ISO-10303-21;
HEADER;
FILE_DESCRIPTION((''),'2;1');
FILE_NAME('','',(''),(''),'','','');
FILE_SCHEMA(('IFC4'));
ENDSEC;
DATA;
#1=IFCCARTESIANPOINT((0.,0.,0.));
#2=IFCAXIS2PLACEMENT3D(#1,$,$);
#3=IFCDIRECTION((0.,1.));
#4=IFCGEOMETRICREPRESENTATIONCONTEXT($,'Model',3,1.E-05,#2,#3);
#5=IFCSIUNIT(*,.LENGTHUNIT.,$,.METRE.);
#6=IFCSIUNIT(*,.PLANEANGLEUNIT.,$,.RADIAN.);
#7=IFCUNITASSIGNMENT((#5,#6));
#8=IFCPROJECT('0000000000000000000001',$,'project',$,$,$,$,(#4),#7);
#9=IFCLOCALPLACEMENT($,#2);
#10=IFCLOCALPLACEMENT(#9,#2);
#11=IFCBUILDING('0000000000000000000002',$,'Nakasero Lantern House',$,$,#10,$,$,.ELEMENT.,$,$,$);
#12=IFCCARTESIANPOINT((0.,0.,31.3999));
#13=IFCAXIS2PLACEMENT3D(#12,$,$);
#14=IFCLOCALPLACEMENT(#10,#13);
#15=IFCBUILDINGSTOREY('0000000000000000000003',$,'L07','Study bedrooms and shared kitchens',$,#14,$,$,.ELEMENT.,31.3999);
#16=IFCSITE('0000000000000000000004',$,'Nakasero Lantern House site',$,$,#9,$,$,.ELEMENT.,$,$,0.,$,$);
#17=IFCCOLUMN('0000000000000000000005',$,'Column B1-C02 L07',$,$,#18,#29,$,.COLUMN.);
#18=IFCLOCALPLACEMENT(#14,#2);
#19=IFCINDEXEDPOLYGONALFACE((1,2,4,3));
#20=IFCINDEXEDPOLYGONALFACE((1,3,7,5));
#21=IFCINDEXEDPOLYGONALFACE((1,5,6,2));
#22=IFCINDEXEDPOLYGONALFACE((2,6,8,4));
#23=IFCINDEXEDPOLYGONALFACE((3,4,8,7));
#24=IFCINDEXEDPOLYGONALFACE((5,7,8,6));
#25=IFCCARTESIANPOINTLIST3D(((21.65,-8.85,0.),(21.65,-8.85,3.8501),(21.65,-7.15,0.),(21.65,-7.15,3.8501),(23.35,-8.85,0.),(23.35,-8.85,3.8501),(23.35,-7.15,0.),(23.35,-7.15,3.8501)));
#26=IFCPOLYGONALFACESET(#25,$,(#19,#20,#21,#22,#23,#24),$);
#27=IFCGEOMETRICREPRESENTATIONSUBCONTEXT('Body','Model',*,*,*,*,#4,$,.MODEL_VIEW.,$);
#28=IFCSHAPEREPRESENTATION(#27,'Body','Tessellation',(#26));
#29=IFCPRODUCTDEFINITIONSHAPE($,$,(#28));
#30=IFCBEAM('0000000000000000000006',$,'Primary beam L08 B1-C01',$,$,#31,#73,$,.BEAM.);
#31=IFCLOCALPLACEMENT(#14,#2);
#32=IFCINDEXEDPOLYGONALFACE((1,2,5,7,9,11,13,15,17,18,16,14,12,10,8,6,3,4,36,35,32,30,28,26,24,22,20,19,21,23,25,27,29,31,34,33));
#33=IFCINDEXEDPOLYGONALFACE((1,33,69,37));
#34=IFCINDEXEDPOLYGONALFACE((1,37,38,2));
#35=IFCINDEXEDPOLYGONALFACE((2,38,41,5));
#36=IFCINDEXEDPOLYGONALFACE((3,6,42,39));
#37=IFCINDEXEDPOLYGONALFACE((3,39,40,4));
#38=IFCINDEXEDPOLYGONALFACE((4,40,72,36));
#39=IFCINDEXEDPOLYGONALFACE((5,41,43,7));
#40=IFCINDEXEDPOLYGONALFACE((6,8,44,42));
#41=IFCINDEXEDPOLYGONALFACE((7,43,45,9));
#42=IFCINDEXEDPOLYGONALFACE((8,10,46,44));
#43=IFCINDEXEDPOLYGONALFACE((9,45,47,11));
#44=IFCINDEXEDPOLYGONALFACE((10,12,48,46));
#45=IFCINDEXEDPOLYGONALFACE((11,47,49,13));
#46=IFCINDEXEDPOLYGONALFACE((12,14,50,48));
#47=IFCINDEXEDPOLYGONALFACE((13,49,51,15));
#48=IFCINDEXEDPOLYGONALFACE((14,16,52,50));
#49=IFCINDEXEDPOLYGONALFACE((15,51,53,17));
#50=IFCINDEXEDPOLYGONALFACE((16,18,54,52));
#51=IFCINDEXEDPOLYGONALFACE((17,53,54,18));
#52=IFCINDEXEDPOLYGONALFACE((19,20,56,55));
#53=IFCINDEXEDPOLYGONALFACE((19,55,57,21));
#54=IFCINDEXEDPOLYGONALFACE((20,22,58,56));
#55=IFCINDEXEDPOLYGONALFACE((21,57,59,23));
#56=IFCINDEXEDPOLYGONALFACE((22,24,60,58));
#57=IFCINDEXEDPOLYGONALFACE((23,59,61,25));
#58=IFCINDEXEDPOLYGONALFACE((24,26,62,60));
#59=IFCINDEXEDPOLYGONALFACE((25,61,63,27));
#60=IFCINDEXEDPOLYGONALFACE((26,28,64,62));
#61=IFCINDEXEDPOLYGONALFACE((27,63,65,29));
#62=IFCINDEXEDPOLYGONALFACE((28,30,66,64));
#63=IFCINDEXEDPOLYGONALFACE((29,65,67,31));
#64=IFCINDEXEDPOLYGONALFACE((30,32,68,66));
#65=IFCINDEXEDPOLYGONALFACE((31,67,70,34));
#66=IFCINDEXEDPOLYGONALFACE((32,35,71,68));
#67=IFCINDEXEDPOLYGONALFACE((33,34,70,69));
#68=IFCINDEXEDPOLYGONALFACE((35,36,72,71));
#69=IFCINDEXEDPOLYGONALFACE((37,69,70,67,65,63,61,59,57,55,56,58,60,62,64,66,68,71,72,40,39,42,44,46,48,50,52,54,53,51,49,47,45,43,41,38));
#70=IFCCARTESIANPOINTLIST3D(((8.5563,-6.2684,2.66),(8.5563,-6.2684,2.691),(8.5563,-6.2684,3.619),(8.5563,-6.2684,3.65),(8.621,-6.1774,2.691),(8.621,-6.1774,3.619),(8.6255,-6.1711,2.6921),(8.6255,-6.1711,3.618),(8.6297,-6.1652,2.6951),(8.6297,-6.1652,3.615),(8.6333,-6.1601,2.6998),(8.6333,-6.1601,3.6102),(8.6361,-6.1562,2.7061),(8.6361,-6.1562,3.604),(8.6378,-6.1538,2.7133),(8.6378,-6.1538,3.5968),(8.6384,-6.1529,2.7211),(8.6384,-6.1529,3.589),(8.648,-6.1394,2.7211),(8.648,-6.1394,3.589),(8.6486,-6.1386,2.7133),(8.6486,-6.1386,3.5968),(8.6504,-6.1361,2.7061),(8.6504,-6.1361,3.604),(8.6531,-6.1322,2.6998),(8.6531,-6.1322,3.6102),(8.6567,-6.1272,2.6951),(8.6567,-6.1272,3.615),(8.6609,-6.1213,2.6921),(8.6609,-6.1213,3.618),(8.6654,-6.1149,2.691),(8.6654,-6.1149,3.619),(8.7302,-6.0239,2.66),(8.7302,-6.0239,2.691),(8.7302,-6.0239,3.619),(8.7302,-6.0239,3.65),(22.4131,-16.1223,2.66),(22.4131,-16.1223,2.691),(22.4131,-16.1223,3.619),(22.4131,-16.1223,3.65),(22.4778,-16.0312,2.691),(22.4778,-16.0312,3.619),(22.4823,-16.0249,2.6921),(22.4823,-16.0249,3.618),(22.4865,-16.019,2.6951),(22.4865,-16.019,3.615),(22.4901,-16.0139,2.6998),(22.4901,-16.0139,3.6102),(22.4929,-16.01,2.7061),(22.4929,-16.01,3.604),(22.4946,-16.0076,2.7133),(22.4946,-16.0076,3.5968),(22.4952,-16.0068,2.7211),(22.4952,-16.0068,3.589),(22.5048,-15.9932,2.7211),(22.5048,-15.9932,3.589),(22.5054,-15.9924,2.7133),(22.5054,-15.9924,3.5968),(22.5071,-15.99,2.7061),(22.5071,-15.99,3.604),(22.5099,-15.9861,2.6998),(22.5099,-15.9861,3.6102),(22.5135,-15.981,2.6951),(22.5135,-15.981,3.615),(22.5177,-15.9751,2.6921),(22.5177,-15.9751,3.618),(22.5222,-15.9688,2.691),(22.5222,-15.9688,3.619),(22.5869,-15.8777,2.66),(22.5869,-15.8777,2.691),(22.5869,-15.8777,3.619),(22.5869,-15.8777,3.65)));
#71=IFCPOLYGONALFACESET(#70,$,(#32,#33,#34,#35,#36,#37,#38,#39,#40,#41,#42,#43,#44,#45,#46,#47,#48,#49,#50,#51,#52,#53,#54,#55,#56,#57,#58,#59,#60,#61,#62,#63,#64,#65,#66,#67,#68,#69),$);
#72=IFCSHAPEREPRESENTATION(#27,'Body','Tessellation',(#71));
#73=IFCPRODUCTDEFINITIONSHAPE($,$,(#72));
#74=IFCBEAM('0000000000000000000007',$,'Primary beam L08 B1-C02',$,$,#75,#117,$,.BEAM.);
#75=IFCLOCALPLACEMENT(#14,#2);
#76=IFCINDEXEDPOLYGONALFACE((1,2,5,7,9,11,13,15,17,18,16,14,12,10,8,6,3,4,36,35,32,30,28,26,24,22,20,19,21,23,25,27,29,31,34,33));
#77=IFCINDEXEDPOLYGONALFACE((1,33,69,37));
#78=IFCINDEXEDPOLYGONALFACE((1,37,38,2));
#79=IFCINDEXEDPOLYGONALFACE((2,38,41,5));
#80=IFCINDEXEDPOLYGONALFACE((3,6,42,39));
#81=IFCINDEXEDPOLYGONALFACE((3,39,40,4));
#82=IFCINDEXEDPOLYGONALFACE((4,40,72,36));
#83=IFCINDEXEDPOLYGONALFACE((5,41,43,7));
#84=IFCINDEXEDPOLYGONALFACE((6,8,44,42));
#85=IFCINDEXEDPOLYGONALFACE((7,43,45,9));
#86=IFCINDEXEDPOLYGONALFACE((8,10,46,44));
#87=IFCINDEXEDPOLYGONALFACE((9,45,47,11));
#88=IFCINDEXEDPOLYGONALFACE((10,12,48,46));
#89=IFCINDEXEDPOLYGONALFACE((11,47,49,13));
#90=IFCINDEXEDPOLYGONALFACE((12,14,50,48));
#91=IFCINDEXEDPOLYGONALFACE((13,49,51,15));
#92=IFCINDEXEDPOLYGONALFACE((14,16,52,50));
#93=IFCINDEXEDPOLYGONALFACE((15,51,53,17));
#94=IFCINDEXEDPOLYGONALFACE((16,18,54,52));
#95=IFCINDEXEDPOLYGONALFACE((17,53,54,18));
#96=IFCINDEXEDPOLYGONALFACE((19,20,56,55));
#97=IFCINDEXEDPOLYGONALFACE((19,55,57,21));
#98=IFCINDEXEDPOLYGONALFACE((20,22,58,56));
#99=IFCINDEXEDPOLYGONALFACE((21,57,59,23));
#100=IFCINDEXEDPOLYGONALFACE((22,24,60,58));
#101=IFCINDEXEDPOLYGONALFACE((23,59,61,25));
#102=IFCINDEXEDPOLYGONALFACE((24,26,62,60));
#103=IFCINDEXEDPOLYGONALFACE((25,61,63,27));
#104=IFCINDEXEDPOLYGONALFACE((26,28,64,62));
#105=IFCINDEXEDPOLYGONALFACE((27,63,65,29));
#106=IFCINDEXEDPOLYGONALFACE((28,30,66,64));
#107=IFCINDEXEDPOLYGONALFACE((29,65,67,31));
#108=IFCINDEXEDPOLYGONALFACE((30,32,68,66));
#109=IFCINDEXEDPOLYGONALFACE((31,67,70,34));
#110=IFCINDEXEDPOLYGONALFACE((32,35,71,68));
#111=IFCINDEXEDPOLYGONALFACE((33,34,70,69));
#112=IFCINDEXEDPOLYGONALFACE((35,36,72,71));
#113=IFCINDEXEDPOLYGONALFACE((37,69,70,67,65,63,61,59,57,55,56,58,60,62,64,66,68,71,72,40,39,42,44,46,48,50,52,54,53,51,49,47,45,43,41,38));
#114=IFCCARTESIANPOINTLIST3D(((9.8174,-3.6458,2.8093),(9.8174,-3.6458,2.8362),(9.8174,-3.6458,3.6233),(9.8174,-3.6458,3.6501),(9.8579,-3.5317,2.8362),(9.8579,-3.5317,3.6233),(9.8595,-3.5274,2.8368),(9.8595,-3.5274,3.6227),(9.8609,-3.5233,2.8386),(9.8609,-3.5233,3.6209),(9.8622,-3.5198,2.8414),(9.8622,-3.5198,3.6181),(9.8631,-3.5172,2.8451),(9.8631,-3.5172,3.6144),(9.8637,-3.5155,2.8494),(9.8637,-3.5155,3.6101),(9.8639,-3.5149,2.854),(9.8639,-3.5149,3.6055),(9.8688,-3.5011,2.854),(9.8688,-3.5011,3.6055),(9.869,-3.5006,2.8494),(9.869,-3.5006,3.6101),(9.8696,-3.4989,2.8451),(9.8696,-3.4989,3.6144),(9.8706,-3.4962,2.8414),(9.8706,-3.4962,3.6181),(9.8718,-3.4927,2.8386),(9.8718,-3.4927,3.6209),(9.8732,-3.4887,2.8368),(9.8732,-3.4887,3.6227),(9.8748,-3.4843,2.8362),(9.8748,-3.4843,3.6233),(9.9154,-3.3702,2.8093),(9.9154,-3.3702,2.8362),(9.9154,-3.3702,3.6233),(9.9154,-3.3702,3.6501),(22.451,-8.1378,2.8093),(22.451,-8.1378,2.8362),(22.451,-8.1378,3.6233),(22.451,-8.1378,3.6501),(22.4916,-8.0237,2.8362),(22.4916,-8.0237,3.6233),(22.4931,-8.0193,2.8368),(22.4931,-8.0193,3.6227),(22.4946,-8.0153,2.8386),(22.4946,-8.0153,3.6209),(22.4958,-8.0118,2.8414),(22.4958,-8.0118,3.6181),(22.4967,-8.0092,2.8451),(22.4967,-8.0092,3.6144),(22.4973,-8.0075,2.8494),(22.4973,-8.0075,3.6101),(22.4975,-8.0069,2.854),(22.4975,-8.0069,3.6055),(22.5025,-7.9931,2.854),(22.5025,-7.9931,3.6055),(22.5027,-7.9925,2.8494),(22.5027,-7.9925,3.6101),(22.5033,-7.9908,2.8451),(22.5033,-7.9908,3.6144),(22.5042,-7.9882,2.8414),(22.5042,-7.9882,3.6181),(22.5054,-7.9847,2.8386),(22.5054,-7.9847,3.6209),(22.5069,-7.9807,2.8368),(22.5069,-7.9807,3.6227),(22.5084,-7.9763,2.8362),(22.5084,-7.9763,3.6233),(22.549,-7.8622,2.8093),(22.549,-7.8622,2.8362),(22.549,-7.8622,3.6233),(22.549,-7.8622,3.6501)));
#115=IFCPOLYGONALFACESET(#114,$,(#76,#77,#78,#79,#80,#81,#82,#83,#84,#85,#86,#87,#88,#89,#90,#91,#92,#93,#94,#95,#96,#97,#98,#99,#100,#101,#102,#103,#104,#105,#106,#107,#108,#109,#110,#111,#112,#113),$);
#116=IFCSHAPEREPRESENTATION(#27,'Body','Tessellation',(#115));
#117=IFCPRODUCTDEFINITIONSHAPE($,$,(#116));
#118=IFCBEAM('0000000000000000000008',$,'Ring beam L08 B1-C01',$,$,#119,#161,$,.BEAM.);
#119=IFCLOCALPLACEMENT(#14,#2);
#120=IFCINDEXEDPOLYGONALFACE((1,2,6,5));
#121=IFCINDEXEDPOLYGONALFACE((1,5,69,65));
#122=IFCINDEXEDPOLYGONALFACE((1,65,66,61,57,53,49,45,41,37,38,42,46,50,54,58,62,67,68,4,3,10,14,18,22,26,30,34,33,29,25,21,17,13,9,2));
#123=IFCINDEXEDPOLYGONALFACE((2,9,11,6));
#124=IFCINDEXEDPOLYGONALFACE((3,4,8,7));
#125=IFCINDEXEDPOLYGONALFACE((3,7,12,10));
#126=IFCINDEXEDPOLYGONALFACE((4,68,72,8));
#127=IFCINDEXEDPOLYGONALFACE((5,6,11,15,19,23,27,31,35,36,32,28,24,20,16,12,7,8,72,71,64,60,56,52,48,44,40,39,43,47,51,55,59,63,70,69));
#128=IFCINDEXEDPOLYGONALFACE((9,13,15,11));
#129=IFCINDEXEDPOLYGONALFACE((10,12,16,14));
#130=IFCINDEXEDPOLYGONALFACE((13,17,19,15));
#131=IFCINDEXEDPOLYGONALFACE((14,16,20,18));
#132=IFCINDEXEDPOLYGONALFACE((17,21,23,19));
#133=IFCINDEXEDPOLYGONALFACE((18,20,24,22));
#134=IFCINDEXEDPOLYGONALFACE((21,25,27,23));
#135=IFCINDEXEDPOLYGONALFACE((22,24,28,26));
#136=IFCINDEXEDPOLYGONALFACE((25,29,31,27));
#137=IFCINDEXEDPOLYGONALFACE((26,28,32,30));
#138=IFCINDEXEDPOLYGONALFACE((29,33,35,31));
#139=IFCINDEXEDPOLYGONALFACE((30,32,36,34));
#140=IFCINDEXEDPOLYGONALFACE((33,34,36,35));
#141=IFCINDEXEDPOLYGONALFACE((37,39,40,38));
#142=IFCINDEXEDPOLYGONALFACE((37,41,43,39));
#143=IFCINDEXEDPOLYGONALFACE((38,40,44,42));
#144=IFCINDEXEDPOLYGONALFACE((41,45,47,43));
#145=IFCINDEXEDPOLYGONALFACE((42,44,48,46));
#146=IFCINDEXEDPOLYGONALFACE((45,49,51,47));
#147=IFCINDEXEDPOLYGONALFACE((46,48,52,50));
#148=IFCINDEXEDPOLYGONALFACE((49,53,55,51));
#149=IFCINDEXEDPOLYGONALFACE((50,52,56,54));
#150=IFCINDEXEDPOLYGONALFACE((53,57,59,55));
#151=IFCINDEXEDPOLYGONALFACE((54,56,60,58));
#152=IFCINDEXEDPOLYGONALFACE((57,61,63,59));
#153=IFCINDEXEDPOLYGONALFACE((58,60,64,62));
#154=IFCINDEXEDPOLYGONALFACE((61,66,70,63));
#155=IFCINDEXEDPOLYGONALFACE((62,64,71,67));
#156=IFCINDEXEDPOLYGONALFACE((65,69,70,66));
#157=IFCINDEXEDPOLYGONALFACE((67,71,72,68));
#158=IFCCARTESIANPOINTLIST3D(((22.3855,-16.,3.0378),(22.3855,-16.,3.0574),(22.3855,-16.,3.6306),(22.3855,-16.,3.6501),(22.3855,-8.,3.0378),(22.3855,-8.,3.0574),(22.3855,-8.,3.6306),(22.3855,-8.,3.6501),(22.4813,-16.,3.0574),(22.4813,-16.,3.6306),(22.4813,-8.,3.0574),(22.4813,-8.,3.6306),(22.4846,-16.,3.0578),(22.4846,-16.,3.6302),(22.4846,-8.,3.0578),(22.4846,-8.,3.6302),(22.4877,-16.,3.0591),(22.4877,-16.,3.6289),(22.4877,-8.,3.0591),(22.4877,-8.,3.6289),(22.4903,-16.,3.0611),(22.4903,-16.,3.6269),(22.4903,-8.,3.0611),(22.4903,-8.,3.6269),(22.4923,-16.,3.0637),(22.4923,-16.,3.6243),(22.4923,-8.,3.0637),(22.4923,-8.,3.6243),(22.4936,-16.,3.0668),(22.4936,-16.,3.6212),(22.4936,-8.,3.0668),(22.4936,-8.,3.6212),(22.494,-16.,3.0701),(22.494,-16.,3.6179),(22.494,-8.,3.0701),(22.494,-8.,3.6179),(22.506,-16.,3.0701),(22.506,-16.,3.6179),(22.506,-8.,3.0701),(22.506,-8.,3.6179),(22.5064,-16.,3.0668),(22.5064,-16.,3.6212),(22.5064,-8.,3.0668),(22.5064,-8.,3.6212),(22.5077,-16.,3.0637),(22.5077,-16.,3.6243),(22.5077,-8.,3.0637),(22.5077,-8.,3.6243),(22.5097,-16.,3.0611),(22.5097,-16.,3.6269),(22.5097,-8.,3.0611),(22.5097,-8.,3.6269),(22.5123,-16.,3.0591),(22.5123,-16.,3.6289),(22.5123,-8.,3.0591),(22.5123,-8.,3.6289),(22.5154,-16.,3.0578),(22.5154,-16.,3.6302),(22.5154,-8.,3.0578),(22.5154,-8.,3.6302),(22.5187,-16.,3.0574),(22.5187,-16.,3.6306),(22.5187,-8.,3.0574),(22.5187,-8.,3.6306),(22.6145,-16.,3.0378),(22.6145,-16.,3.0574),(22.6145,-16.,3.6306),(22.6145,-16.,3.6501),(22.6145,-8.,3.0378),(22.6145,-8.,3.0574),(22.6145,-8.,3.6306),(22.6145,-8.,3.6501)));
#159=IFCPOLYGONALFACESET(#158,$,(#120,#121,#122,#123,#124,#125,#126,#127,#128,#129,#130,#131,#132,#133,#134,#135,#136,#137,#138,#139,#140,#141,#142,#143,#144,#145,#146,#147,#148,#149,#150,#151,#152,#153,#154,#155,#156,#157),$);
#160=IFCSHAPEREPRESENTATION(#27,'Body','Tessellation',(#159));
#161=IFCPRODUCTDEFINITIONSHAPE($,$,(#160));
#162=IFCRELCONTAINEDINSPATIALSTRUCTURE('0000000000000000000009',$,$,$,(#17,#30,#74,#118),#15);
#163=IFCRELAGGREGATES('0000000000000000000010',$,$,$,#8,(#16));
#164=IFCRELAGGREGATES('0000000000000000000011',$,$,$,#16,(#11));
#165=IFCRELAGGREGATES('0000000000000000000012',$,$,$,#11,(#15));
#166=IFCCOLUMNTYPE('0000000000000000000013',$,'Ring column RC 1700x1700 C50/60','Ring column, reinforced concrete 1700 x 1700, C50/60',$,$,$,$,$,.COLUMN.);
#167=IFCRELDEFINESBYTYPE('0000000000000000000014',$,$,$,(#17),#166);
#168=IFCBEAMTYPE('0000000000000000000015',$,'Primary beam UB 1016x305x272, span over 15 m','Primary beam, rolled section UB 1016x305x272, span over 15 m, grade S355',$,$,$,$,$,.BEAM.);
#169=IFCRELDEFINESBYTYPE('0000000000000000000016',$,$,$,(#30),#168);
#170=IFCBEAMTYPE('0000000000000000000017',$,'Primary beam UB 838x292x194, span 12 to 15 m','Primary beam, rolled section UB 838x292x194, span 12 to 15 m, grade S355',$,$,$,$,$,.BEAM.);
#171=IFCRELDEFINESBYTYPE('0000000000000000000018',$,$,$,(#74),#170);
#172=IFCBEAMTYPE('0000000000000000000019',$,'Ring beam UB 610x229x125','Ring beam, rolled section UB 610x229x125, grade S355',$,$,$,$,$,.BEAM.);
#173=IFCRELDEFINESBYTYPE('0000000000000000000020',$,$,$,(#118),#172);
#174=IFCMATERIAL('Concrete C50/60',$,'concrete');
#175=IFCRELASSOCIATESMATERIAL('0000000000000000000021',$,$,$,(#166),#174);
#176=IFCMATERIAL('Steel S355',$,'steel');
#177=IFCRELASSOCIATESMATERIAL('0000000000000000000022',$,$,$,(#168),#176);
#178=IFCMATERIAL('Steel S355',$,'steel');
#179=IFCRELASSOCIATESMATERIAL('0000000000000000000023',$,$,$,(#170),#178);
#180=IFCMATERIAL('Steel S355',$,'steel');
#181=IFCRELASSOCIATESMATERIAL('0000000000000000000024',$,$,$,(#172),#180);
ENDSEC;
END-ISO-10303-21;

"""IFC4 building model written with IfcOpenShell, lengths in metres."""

from ifc_helpers import new_model, si_unit, direction, frame, origin, origin_2d, place, context, subcontext, project, spatial, rectangle, i_section, extrude, material, material_profile, profile_set, type_object, element, save


model = new_model("IFC4")

# Units and contexts
model_context = context("Model", 3, precision=1e-05, world=origin(), true_north=direction((0.0, 1.0)))
body_context = subcontext(model_context, "Body", "Model", "MODEL_VIEW")
ifc_project = project(units=[si_unit("LENGTHUNIT", "METRE"), si_unit("PLANEANGLEUNIT", "RADIAN")], contexts=[model_context])

# Site, building, storey
site_placement = place(None, origin())
site = spatial("IfcSite", under=ifc_project, at=site_placement, Name="Nakasero Lantern House site", CompositionType="ELEMENT", RefElevation=0.0)
building_placement = place(site_placement, origin())
building = spatial("IfcBuilding", under=site, at=building_placement, Name="Nakasero Lantern House", CompositionType="ELEMENT")
storey_placement = place(building_placement, frame((0.0, 0.0, 31.3999)))
storey = spatial("IfcBuildingStorey", under=building, at=storey_placement, Name="L07", Description="Study bedrooms and shared kitchens", CompositionType="ELEMENT", Elevation=31.3999)

# Column
ifc_material_1 = material(Name="Concrete C50/60", Category="concrete")
ifc_material_profile_1 = material_profile(ifc_material_1, rectangle(XDim=1.7, YDim=1.7, at=origin_2d()), Name="RC 1700x1700")
ifc_profile_set_1 = profile_set([ifc_material_profile_1], Name="Concrete C50/60")
column_type = type_object("IfcColumnType", Name="Ring column RC 1700x1700 C50/60", Description="Ring column, reinforced concrete 1700 x 1700, C50/60", PredefinedType="COLUMN", material=ifc_profile_set_1)
column_placement = place(storey_placement, frame((22.5, -8.0, 0.0), z_axis=(0.0, 0.0, 1.0), x_axis=(1.0, 0.0, 0.0)))
element("IfcColumn", 1, at=column_placement, inside=storey, type_object=column_type, Name="Column B1-C02 L07", PredefinedType="COLUMN", context=body_context, shape_type="SweptSolid", body=[
    extrude(rectangle(XDim=1.7, YDim=1.7, at=origin_2d()), origin(), (0.0, 0.0, 1.0), 3.8501),
])

# Beams
ifc_material_2 = material(Name="Steel S355", Category="steel")
ifc_material_profile_2 = material_profile(ifc_material_2, i_section(OverallWidth=0.3, OverallDepth=0.99, WebThickness=0.0166, FlangeThickness=0.031, FilletRadius=0.03, at=origin_2d()), Name="UB 1016x305x272")
ifc_profile_set_2 = profile_set([ifc_material_profile_2], Name="Steel S355")
beam_type_1 = type_object("IfcBeamType", Name="Primary beam UB 1016x305x272, span over 15 m", Description="Primary beam, rolled section UB 1016x305x272, span over 15 m, grade S355", PredefinedType="BEAM", material=ifc_profile_set_2)
beam_1_placement = place(storey_placement, frame((22.5, -16.0, 3.155), z_axis=(-0.814952, 0.579528, 0.0), x_axis=(-0.579528, -0.814952, 0.0)))
element("IfcBeam", 2, at=beam_1_placement, inside=storey, type_object=beam_type_1, Name="Primary beam L08 B1-C01", PredefinedType="BEAM", context=body_context, shape_type="SweptSolid", body=[
    extrude(i_section(OverallWidth=0.3, OverallDepth=0.99, WebThickness=0.0166, FlangeThickness=0.031, FilletRadius=0.03, at=origin_2d()), origin(), (0.0, 0.0, 1.0), 17.0032),
])
ifc_material_3 = material(Name="Steel S355", Category="steel")
ifc_material_profile_3 = material_profile(ifc_material_3, i_section(OverallWidth=0.2925, OverallDepth=0.8408, WebThickness=0.0146, FlangeThickness=0.0269, FilletRadius=0.0178, at=origin_2d()), Name="UB 838x292x194")
ifc_profile_set_3 = profile_set([ifc_material_profile_3], Name="Steel S355")
beam_type_2 = type_object("IfcBeamType", Name="Primary beam UB 838x292x194, span 12 to 15 m", Description="Primary beam, rolled section UB 838x292x194, span 12 to 15 m, grade S355", PredefinedType="BEAM", material=ifc_profile_set_3)
beam_2_placement = place(storey_placement, frame((22.5, -8.0, 3.2297), z_axis=(-0.942214, 0.335011, 0.0), x_axis=(-0.335011, -0.942214, 0.0)))
element("IfcBeam", 3, at=beam_2_placement, inside=storey, type_object=beam_type_2, Name="Primary beam L08 B1-C02", PredefinedType="BEAM", context=body_context, shape_type="SweptSolid", body=[
    extrude(i_section(OverallWidth=0.2925, OverallDepth=0.8408, WebThickness=0.0146, FlangeThickness=0.0269, FilletRadius=0.0178, at=origin_2d()), origin(), (0.0, 0.0, 1.0), 13.4084),
])
ifc_material_4 = material(Name="Steel S355", Category="steel")
ifc_material_profile_4 = material_profile(ifc_material_4, i_section(OverallWidth=0.229, OverallDepth=0.6123, WebThickness=0.012, FlangeThickness=0.0195, FilletRadius=0.0127, at=origin_2d()), Name="UB 610x229x125")
ifc_profile_set_4 = profile_set([ifc_material_profile_4], Name="Steel S355")
beam_type_3 = type_object("IfcBeamType", Name="Ring beam UB 610x229x125", Description="Ring beam, rolled section UB 610x229x125, grade S355", PredefinedType="BEAM", material=ifc_profile_set_4)
for number, where, z_axis, x_axis, name in (
    (4, (22.5, -16.0, 3.344), (0.0, 1.0, 0.0), (-1.0, 0.0, 0.0), "Ring beam L08 B1-C01"),
):
    element("IfcBeam", number, at=place(storey_placement, frame(where, z_axis=z_axis, x_axis=x_axis)), inside=storey, type_object=beam_type_3, Name=name, PredefinedType="BEAM", context=body_context, shape_type="SweptSolid", body=[
        extrude(i_section(OverallWidth=0.229, OverallDepth=0.6123, WebThickness=0.012, FlangeThickness=0.0195, FilletRadius=0.0127, at=origin_2d()), origin(), (0.0, 0.0, 1.0), 8.0),
    ])

save(model, "model.ifc")
